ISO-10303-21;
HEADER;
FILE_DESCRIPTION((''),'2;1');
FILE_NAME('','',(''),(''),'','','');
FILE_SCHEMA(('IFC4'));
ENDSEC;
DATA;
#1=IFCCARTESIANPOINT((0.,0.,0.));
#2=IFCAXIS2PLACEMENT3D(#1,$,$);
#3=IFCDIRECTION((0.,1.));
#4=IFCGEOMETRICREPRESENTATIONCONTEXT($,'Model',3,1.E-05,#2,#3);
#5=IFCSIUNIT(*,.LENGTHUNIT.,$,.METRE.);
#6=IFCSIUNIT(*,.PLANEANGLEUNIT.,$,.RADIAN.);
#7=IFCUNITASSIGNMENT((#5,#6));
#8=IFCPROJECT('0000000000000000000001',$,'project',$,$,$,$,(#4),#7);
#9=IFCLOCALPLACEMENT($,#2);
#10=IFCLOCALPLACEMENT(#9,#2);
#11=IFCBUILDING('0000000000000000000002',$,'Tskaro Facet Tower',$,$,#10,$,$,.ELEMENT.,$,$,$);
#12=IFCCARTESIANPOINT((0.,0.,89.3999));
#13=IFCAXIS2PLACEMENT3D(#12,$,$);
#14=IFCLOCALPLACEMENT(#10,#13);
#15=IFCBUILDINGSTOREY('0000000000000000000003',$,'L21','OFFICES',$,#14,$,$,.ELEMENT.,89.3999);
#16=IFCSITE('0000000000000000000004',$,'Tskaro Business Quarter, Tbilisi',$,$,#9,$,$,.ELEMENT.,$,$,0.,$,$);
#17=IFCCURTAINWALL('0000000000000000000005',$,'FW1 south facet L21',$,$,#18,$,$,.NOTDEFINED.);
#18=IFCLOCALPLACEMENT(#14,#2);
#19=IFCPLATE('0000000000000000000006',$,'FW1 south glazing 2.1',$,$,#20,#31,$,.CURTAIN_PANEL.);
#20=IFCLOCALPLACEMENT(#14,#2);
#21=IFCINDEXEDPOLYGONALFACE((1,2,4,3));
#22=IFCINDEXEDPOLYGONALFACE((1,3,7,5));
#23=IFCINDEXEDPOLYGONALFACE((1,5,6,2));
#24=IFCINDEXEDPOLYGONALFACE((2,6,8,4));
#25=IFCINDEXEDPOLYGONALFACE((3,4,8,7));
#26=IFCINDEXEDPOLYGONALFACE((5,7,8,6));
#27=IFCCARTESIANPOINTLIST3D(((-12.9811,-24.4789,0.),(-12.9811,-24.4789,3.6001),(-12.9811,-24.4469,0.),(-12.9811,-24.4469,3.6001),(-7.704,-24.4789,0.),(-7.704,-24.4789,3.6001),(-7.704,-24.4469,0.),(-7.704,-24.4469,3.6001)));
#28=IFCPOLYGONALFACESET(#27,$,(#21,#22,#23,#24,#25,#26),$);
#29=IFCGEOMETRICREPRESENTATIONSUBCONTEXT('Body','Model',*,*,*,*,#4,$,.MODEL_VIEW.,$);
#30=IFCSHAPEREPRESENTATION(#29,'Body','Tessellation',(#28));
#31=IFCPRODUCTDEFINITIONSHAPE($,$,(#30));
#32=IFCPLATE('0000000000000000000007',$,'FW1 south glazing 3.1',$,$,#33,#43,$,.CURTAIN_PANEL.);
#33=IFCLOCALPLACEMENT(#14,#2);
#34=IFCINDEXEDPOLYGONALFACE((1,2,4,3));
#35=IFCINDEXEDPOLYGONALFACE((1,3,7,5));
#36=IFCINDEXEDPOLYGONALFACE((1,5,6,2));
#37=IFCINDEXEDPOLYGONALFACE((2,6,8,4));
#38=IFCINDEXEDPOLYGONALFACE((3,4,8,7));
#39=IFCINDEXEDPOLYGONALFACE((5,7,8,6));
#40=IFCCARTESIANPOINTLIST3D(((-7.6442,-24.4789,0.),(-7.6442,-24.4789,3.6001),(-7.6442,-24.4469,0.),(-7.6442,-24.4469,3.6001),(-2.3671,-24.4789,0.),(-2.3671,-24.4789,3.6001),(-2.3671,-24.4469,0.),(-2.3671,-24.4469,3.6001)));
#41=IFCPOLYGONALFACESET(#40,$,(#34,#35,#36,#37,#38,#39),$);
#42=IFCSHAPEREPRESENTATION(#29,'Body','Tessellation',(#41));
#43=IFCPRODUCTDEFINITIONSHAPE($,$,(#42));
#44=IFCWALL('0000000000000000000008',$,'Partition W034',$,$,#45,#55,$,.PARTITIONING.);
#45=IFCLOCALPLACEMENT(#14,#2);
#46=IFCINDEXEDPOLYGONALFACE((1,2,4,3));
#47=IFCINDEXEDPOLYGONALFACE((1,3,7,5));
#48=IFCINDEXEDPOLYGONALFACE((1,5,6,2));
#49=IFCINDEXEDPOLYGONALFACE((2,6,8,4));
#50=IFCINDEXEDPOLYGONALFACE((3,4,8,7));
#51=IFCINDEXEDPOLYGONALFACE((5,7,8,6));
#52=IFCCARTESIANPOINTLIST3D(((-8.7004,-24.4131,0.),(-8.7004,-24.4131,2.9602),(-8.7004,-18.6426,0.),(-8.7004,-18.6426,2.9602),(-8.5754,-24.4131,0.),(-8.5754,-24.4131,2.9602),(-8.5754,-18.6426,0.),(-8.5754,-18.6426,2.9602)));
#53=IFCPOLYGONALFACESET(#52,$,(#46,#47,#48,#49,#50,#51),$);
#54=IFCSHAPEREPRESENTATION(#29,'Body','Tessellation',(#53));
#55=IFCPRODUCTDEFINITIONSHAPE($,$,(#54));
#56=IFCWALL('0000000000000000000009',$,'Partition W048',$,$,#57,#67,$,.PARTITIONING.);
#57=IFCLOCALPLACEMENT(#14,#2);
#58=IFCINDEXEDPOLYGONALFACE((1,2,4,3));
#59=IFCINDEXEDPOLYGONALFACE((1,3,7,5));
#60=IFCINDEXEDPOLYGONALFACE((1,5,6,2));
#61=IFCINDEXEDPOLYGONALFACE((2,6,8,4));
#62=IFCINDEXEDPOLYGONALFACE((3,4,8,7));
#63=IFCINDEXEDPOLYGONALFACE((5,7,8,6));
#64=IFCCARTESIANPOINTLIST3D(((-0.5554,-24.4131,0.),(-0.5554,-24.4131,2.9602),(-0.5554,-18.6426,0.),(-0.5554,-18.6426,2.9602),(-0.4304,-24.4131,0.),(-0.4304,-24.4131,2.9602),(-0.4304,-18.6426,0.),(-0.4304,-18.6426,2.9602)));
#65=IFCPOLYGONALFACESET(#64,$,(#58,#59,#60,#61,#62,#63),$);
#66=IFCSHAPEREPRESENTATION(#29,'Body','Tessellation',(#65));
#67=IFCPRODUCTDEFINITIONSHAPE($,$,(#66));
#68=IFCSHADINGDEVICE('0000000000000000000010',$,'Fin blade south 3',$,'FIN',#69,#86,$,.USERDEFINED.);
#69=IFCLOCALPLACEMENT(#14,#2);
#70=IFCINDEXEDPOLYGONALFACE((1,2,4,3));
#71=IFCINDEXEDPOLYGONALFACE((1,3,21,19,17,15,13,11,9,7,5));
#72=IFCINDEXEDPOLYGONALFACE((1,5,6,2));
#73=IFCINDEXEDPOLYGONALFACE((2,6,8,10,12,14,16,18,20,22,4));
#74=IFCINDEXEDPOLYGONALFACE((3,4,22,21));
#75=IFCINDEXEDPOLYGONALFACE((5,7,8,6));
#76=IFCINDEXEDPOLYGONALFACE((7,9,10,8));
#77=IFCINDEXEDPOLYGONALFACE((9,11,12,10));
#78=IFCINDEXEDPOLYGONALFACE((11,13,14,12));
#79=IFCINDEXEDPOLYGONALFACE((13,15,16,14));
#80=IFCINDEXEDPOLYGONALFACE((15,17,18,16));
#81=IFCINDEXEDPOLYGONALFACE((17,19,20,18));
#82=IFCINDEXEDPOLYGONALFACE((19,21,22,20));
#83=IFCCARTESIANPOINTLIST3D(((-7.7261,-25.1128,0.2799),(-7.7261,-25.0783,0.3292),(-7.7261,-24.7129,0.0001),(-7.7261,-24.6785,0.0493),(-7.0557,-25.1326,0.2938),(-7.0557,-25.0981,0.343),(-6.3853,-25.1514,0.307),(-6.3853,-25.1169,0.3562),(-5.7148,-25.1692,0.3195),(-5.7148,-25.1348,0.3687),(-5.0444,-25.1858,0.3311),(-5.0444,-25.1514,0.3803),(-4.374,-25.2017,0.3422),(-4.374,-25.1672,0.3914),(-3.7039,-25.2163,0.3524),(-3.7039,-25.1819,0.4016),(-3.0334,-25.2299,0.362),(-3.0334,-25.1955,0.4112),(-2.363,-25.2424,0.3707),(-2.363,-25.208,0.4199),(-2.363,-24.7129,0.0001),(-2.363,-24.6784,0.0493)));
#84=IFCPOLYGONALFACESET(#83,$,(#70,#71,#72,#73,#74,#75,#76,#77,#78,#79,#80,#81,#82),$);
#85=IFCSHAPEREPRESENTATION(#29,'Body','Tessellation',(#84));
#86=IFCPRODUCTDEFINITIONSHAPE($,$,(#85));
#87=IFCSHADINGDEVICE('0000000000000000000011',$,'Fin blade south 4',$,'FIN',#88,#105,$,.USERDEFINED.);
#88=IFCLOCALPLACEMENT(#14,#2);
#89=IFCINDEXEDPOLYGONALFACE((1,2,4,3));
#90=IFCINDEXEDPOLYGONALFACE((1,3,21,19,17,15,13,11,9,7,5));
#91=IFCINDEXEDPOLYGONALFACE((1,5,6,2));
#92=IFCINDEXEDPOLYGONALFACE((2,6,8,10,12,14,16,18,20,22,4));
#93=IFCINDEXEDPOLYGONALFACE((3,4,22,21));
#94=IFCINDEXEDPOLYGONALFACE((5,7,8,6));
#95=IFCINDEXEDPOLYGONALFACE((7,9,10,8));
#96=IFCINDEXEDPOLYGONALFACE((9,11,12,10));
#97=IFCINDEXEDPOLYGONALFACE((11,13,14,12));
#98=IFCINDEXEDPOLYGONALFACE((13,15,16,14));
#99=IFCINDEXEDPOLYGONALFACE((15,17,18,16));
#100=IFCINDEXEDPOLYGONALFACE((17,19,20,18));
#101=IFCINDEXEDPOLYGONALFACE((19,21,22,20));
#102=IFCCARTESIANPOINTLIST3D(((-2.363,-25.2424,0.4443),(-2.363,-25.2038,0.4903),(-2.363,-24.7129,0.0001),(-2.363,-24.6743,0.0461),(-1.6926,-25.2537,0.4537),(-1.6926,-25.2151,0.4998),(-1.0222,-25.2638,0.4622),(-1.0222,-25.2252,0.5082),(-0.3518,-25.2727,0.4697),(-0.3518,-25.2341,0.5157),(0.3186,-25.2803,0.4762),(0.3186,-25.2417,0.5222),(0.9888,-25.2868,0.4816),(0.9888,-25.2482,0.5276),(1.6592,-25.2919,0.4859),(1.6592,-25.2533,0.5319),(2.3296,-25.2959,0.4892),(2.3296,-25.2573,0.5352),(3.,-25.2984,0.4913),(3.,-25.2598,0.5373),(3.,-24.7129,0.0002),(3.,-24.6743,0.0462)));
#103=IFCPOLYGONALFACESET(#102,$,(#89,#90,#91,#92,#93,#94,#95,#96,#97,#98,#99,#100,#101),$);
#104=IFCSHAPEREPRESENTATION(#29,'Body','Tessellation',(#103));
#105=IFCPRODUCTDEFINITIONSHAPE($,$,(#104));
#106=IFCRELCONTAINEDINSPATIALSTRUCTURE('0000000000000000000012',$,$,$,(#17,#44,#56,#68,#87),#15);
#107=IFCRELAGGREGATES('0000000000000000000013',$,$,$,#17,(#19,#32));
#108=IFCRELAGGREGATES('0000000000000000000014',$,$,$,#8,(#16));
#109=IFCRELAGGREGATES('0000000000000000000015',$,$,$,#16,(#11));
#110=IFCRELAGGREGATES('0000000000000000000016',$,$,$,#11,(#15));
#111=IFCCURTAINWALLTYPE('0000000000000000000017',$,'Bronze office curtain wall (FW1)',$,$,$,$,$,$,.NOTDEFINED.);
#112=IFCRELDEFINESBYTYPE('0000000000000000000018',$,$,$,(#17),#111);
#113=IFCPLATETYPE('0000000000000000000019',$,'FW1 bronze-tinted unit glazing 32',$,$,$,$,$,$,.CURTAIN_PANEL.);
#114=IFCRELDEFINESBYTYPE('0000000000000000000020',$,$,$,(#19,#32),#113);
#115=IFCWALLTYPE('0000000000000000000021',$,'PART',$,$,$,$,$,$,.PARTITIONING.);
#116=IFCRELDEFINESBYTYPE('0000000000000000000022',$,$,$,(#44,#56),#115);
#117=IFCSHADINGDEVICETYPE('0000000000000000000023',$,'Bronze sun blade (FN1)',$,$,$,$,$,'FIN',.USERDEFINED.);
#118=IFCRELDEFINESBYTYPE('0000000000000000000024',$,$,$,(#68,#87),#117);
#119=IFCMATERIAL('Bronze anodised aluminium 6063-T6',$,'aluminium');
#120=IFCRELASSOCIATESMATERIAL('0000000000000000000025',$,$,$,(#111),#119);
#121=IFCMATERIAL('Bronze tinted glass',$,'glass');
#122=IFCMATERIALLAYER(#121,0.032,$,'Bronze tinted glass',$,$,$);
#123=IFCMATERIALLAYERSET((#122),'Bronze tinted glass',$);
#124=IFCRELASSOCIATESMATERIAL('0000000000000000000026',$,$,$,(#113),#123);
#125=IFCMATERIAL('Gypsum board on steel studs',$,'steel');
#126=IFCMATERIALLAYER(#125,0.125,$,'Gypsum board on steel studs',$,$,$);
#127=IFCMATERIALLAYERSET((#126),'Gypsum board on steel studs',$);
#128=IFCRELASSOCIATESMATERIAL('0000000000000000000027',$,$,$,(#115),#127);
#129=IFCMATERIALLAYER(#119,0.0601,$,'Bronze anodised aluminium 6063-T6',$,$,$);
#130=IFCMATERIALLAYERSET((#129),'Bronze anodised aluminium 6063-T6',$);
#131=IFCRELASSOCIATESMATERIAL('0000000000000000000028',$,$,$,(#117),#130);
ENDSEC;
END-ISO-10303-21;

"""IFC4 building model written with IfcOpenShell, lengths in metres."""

from ifc_helpers import new_model, si_unit, direction, frame, frame_2d, origin, origin_2d, place, context, subcontext, project, spatial, polyline, rectangle, outline, extrude, material, layer, layer_set, type_object, element, aggregate, save


model = new_model("IFC4")

# Units and contexts
model_context = context("Model", 3, precision=1e-05, world=origin(), true_north=direction((0.0, 1.0)))
body_context = subcontext(model_context, "Body", "Model", "MODEL_VIEW")
ifc_project = project(units=[si_unit("LENGTHUNIT", "METRE"), si_unit("PLANEANGLEUNIT", "RADIAN")], contexts=[model_context])

# Site, building, storey
site_placement = place(None, origin())
site = spatial("IfcSite", under=ifc_project, at=site_placement, Name="Tskaro Business Quarter, Tbilisi", CompositionType="ELEMENT", RefElevation=0.0)
building_placement = place(site_placement, origin())
building = spatial("IfcBuilding", under=site, at=building_placement, Name="Tskaro Facet Tower", CompositionType="ELEMENT")
storey_placement = place(building_placement, frame((0.0, 0.0, 89.3999)))
storey = spatial("IfcBuildingStorey", under=building, at=storey_placement, Name="L21", Description="OFFICES", CompositionType="ELEMENT", Elevation=89.3999)

# Curtain wall
ifc_material_1 = material(Name="Bronze anodised aluminium 6063-T6", Category="aluminium")
curtain_wall_type = type_object("IfcCurtainWallType", Name="Bronze office curtain wall (FW1)", PredefinedType="NOTDEFINED", material=ifc_material_1)
curtain_wall_placement = place(storey_placement, origin())
curtain_wall = element("IfcCurtainWall", 1, at=curtain_wall_placement, inside=storey, type_object=curtain_wall_type, Name="FW1 south facet L21", PredefinedType="NOTDEFINED")

# Plates
ifc_material_2 = material(Name="Bronze tinted glass", Category="glass")
ifc_layer_1 = layer(ifc_material_2, 0.032, Name="Bronze tinted glass")
ifc_layer_set_1 = layer_set([ifc_layer_1], Name="Bronze tinted glass")
plate_type = type_object("IfcPlateType", Name="FW1 bronze-tinted unit glazing 32", PredefinedType="CURTAIN_PANEL", material=ifc_layer_set_1)
plate_1_placement = place(storey_placement, frame((-10.3425, -24.4629, 0.0), z_axis=(0.0, 0.0, 1.0), x_axis=(1.0, 0.0, 0.0)))
plate_1 = element("IfcPlate", 2, at=plate_1_placement, type_object=plate_type, Name="FW1 south glazing 2.1", PredefinedType="CURTAIN_PANEL", context=body_context, shape_type="SweptSolid", body=[
    extrude(rectangle(XDim=5.2771, YDim=0.032, at=origin_2d()), origin(), (0.0, 0.0, 1.0), 3.6001),
])
plate_2_placement = place(storey_placement, frame((-5.0056, -24.4629, 0.0), z_axis=(0.0, 0.0, 1.0), x_axis=(1.0, 0.0, 0.0)))
plate_2 = element("IfcPlate", 3, at=plate_2_placement, type_object=plate_type, Name="FW1 south glazing 3.1", PredefinedType="CURTAIN_PANEL", context=body_context, shape_type="SweptSolid", body=[
    extrude(rectangle(XDim=5.2771, YDim=0.032, at=origin_2d()), origin(), (0.0, 0.0, 1.0), 3.6001),
])
aggregate(curtain_wall, [plate_1, plate_2])

# Walls
ifc_material_3 = material(Name="Gypsum board on steel studs", Category="steel")
ifc_layer_2 = layer(ifc_material_3, 0.125, Name="Gypsum board on steel studs")
ifc_layer_set_2 = layer_set([ifc_layer_2], Name="Gypsum board on steel studs")
wall_type = type_object("IfcWallType", Name="PART", PredefinedType="PARTITIONING", material=ifc_layer_set_2)
for number, where, z_axis, x_axis, name in (
    (4, (-8.6379, -24.4131, 0.0), (0.0, 0.0, 1.0), (0.0, 1.0, 0.0), "Partition W034"),
    (5, (-0.4929, -24.4131, 0.0), (0.0, 0.0, 1.0), (0.0, 1.0, 0.0), "Partition W048"),
):
    element("IfcWall", number, at=place(storey_placement, frame(where, z_axis=z_axis, x_axis=x_axis)), inside=storey, type_object=wall_type, Name=name, PredefinedType="PARTITIONING", context=body_context, shape_type="SweptSolid", body=[
        extrude(rectangle(XDim=5.7705, YDim=0.125, at=frame_2d((2.8853, 0.0))), origin(), (0.0, 0.0, 1.0), 2.9602),
    ])

# Shading devices
ifc_layer_3 = layer(ifc_material_1, 0.0601, Name="Bronze anodised aluminium 6063-T6")
ifc_layer_set_3 = layer_set([ifc_layer_3], Name="Bronze anodised aluminium 6063-T6")
shading_device_type = type_object("IfcShadingDeviceType", Name="Bronze sun blade (FN1)", ElementType="FIN", PredefinedType="USERDEFINED", material=ifc_layer_set_3)
shading_device_1_placement = place(storey_placement, frame((-7.7261, -24.6785, 0.0493), z_axis=(-0.000006, 0.573371, 0.819296), x_axis=(1.0, 0.000004, 0.000005)))
element("IfcShadingDevice", 6, at=shading_device_1_placement, inside=storey, type_object=shading_device_type, Name="Fin blade south 3", ObjectType="FIN", PredefinedType="USERDEFINED", context=body_context, shape_type="SweptSolid", body=[
    extrude(outline(polyline([(0.0, 0.0), (5.363, 0.0), (5.363, -0.6463), (4.6926, -0.6311), (4.0222, -0.6144), (3.3521, -0.5966), (2.6816, -0.5773), (2.0112, -0.5569), (1.3408, -0.5352), (0.6704, -0.5122), (0.0, -0.4881), (0.0, 0.0)])), origin(), (0.0, 0.0, -1.0), 0.0601),
])
shading_device_2_placement = place(storey_placement, frame((-2.363, -24.6743, 0.0461), z_axis=(-0.000016, 0.642662, 0.76615), x_axis=(1.0, 0.00001, 0.000012)))
element("IfcShadingDevice", 7, at=shading_device_2_placement, inside=storey, type_object=shading_device_type, Name="Fin blade south 4", ObjectType="FIN", PredefinedType="USERDEFINED", context=body_context, shape_type="SweptSolid", body=[
    extrude(outline(polyline([(0.0, 0.0), (5.363, 0.0), (5.363, -0.7642), (4.6926, -0.7609), (4.0222, -0.7558), (3.3518, -0.7492), (2.6816, -0.7407), (2.0112, -0.7306), (1.3408, -0.719), (0.6704, -0.7058), (0.0, -0.6911), (0.0, 0.0)])), origin(), (0.0, 0.0, -1.0), 0.0601),
])

save(model, "model.ifc")
